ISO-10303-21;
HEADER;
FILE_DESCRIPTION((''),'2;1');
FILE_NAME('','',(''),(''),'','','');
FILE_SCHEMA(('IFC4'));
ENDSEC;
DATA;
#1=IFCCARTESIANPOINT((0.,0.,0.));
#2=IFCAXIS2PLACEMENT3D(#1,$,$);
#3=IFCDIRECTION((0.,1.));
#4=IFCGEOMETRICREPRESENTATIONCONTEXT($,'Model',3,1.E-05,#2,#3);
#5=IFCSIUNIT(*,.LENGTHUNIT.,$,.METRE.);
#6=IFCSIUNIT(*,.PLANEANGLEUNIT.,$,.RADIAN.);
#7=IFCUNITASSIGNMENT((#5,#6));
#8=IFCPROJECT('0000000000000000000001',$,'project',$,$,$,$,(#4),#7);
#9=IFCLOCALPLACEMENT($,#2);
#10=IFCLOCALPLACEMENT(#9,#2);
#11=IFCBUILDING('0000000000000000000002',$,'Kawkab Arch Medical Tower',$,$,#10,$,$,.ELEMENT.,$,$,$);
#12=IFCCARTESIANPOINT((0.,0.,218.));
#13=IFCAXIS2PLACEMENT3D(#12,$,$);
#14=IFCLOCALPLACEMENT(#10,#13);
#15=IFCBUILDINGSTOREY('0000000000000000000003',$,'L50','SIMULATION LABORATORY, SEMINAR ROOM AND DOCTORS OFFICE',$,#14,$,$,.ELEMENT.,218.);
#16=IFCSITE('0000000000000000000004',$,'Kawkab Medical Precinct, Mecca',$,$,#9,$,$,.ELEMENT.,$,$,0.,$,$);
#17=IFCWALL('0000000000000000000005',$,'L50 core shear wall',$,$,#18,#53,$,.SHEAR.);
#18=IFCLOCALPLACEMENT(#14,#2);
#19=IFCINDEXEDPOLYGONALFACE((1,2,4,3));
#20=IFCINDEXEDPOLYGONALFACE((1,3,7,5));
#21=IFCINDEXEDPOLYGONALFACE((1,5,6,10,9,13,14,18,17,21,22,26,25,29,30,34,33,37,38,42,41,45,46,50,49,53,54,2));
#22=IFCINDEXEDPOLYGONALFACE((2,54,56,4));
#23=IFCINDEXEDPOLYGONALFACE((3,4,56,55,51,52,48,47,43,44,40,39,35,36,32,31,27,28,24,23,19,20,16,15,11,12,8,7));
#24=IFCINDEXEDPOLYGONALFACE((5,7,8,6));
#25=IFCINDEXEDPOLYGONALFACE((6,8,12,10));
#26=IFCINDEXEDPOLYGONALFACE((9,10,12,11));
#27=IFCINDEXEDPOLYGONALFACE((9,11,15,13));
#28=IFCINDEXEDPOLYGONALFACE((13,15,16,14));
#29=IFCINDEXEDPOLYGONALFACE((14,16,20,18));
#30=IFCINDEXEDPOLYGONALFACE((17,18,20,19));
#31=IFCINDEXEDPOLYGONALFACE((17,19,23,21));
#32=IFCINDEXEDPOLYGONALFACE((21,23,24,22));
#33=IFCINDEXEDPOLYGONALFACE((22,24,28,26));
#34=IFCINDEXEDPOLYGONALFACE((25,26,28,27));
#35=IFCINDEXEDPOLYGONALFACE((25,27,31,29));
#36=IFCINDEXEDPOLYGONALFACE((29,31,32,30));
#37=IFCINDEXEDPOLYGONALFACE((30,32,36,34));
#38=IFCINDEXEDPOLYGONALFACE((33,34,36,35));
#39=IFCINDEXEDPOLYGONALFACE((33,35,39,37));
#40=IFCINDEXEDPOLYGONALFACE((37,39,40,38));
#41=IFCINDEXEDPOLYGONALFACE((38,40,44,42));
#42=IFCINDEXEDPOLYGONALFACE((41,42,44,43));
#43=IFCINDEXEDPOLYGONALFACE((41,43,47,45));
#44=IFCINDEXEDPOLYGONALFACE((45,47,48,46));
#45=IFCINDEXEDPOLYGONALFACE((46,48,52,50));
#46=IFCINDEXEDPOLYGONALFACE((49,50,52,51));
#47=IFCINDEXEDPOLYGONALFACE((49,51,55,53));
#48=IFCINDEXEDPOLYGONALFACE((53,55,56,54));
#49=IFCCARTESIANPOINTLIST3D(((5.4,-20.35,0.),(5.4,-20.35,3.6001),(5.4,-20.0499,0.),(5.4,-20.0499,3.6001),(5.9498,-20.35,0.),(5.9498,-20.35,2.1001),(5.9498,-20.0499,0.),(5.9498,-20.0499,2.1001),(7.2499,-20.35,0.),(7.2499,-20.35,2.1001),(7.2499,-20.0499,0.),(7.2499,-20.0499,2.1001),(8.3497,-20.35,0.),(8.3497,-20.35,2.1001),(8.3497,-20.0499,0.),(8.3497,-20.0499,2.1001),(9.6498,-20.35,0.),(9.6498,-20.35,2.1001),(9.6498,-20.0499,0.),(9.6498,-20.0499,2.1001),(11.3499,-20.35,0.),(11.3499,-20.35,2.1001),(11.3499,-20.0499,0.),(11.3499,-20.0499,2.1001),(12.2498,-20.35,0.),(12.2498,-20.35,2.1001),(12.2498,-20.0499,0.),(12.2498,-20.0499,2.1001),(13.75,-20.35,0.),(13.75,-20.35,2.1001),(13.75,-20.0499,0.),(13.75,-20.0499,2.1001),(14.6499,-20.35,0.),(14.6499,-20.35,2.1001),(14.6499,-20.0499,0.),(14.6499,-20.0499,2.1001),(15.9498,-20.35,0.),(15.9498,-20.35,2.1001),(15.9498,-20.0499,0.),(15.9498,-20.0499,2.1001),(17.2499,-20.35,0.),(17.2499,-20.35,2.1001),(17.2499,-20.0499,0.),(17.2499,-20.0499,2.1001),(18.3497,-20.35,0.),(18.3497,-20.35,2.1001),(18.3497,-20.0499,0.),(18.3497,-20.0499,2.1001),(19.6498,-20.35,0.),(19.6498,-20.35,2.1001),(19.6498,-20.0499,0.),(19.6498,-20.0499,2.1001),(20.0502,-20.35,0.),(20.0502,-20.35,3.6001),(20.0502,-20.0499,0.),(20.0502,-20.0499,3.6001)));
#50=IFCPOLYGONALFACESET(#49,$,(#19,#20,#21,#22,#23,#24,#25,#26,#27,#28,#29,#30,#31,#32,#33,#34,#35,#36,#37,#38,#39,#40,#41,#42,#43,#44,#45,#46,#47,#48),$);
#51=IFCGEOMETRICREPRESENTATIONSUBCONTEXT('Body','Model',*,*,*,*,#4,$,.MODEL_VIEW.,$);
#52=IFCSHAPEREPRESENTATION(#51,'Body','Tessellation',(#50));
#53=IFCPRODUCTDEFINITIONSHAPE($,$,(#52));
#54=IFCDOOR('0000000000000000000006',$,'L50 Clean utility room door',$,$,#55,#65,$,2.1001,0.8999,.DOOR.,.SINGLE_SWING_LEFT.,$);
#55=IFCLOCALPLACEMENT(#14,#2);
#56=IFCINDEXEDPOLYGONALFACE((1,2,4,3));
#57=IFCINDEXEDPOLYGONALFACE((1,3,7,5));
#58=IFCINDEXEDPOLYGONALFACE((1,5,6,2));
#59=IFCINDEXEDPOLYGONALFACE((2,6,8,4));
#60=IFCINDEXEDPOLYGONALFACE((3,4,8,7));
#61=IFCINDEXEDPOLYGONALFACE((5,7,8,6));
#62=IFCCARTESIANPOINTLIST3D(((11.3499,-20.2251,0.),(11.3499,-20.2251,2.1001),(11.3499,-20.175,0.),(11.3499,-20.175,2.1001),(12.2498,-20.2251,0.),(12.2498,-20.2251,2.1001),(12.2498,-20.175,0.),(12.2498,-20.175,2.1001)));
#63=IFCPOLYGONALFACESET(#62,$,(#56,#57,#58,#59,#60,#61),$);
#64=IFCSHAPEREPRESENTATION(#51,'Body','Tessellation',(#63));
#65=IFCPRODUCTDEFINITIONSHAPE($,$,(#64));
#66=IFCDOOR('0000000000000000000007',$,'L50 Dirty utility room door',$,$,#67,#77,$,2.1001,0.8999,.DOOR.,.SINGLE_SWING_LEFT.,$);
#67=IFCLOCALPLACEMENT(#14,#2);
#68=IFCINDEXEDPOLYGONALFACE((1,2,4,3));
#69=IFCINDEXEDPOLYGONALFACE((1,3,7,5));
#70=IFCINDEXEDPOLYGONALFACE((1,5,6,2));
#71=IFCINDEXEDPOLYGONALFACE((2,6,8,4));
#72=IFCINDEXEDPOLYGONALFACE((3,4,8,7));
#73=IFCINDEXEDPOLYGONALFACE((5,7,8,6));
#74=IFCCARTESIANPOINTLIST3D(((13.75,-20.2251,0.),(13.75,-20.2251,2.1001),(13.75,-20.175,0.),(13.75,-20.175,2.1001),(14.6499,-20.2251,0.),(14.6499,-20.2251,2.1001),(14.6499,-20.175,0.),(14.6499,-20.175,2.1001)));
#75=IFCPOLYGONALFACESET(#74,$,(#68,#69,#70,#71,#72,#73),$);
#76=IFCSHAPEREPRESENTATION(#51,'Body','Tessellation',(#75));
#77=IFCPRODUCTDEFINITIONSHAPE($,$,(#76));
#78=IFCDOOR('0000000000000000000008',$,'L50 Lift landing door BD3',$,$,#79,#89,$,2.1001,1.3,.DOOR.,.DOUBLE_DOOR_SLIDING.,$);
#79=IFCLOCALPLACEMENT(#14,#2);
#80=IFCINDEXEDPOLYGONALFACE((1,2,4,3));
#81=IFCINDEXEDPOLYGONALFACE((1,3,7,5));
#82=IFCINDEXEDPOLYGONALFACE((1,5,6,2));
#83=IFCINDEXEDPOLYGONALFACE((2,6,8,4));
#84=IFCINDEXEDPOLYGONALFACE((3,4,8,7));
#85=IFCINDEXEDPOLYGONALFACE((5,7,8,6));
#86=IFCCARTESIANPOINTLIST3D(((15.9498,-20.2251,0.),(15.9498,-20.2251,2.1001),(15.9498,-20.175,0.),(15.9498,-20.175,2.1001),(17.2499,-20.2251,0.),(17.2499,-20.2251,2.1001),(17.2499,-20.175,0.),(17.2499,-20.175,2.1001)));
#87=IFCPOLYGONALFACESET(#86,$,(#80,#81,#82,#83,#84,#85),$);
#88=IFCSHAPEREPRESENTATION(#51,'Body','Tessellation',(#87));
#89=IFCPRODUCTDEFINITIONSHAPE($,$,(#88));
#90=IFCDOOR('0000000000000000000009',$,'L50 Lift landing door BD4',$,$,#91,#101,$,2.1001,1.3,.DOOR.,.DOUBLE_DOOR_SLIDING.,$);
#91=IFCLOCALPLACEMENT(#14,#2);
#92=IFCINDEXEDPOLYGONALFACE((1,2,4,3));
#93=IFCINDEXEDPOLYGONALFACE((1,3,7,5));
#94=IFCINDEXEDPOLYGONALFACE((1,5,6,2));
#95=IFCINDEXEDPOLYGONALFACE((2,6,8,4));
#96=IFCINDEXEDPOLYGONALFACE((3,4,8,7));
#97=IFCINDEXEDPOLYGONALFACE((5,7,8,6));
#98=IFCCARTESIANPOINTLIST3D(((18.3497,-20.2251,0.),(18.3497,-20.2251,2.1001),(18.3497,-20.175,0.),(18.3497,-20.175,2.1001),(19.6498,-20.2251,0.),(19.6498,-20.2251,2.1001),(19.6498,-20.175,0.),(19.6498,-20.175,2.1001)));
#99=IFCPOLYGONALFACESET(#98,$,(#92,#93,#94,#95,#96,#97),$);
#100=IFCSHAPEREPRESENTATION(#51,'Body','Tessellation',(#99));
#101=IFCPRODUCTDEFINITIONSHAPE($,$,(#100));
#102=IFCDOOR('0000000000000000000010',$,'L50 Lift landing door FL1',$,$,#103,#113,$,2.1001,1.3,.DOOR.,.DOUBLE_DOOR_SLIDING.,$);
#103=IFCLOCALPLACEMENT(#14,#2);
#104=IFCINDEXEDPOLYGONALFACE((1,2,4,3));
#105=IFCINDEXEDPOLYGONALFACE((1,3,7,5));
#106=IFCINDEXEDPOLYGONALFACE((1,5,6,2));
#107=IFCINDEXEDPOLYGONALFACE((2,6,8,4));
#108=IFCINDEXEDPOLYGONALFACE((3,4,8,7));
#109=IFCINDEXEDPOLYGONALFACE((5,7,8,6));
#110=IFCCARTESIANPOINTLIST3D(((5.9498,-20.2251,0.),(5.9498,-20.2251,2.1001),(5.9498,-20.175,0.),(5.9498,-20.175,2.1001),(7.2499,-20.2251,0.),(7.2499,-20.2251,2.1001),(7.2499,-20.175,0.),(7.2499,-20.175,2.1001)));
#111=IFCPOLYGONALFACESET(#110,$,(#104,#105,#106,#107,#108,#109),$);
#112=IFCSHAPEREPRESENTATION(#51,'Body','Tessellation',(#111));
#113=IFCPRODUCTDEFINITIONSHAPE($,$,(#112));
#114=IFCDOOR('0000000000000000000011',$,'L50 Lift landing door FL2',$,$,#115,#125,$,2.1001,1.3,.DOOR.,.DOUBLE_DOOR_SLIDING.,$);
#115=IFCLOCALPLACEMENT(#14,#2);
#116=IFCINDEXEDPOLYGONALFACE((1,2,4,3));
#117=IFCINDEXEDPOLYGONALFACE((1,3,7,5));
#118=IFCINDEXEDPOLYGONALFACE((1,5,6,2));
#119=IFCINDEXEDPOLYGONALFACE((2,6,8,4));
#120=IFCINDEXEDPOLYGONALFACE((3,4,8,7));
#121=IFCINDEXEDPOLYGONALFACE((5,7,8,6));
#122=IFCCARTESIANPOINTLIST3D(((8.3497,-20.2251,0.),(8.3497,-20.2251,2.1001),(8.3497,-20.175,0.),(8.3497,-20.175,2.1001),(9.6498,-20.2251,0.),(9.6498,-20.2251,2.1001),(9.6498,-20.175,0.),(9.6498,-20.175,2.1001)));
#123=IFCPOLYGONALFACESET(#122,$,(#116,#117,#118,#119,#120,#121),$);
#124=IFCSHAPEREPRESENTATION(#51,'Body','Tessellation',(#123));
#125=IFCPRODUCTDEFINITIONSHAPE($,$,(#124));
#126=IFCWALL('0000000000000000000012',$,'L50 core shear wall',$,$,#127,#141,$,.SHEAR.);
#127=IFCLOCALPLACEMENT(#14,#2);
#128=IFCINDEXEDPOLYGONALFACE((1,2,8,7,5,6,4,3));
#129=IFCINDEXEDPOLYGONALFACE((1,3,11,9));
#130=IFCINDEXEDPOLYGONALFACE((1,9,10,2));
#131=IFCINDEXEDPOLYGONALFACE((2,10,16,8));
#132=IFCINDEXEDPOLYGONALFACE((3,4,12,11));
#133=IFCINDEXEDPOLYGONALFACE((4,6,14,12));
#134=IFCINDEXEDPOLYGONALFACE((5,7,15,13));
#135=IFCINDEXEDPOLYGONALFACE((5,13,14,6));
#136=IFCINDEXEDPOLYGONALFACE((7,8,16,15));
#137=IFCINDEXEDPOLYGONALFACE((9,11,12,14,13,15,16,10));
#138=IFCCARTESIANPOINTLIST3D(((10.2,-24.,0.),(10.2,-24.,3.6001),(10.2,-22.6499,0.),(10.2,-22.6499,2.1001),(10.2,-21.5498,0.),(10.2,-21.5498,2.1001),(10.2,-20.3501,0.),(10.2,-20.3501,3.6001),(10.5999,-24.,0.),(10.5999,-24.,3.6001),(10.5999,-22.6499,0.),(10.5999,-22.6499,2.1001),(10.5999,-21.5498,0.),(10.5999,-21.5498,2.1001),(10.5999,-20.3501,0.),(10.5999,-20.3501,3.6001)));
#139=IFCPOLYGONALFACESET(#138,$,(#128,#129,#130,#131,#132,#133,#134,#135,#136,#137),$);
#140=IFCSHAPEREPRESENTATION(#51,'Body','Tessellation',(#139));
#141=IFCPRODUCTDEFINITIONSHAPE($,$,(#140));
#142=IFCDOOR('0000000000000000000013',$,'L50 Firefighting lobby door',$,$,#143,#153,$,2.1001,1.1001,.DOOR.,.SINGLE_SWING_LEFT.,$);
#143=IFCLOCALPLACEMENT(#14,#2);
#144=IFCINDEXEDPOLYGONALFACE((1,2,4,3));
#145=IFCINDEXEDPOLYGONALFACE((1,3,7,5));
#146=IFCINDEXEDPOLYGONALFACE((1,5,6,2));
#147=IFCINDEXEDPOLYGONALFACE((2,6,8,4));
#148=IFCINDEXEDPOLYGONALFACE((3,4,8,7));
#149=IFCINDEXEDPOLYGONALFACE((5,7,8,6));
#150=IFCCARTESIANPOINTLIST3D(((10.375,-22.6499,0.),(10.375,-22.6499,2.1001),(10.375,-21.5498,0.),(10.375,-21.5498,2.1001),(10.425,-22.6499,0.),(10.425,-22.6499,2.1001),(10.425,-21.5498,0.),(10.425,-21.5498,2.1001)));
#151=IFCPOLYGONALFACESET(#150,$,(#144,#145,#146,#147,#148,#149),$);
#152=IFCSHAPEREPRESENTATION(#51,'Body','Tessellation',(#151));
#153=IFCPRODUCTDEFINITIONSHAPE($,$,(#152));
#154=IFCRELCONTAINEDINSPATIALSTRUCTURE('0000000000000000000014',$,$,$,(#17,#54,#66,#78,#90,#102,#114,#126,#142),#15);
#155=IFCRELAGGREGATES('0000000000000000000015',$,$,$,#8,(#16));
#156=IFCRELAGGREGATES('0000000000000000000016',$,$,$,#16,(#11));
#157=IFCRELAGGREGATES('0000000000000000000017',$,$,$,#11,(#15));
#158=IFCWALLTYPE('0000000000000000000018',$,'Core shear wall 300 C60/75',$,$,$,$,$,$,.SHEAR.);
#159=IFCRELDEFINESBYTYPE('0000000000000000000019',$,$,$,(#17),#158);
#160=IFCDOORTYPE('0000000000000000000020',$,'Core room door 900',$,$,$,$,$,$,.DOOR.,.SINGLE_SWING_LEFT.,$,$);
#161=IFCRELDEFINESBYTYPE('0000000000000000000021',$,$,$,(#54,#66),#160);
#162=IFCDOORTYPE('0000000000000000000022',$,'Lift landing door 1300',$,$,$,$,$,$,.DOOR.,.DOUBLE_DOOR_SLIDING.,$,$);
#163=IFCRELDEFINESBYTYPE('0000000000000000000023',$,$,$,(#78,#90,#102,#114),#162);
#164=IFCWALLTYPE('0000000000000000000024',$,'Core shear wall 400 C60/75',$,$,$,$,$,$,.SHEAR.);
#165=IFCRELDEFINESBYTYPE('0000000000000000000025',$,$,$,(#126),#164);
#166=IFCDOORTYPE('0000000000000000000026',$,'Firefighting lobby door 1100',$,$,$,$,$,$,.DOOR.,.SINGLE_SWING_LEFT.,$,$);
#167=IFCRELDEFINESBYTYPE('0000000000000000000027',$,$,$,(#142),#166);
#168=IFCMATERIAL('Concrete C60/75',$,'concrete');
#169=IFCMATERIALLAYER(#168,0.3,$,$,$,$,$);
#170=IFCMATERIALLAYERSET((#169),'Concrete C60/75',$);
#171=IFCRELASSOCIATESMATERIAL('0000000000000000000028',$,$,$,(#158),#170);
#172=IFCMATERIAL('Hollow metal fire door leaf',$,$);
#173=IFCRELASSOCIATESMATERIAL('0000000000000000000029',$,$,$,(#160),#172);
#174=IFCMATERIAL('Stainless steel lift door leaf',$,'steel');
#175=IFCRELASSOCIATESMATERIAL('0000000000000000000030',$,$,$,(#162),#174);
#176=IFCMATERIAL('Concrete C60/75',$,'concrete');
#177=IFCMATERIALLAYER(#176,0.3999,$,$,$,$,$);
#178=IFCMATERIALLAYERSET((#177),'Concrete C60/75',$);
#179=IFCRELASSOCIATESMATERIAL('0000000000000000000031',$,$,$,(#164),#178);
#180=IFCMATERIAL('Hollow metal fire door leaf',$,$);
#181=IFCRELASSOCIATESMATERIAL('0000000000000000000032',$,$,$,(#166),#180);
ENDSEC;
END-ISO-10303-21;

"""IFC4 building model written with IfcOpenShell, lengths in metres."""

from ifc_helpers import new_model, si_unit, direction, frame, frame_2d, origin, place, context, subcontext, project, spatial, rectangle, extrude, material, layer, layer_set, type_object, element, fill, save


model = new_model("IFC4")

# Units and contexts
model_context = context("Model", 3, precision=1e-05, world=origin(), true_north=direction((0.0, 1.0)))
body_context = subcontext(model_context, "Body", "Model", "MODEL_VIEW")
ifc_project = project(units=[si_unit("LENGTHUNIT", "METRE"), si_unit("PLANEANGLEUNIT", "RADIAN")], contexts=[model_context])

# Site, building, storey
site_placement = place(None, origin())
site = spatial("IfcSite", under=ifc_project, at=site_placement, Name="Kawkab Medical Precinct, Mecca", CompositionType="ELEMENT", RefElevation=0.0)
building_placement = place(site_placement, origin())
building = spatial("IfcBuilding", under=site, at=building_placement, Name="Kawkab Arch Medical Tower", CompositionType="ELEMENT")
storey_placement = place(building_placement, frame((0.0, 0.0, 218.0)))
storey = spatial("IfcBuildingStorey", under=building, at=storey_placement, Name="L50", Description="SIMULATION LABORATORY, SEMINAR ROOM AND DOCTORS OFFICE", CompositionType="ELEMENT", Elevation=218.0)

# Wall, openings, doors
ifc_material_1 = material(Name="Concrete C60/75", Category="concrete")
ifc_layer_1 = layer(ifc_material_1, 0.3)
ifc_layer_set_1 = layer_set([ifc_layer_1], Name="Concrete C60/75")
wall_type_1 = type_object("IfcWallType", Name="Core shear wall 300 C60/75", PredefinedType="SHEAR", material=ifc_layer_set_1)
wall_1_placement = place(storey_placement, frame((5.3999, -20.2, 0.0), z_axis=(0.0, 0.0, 1.0), x_axis=(1.0, 0.0, 0.0)))
wall_1 = element("IfcWall", 1, at=wall_1_placement, inside=storey, type_object=wall_type_1, Name="L50 core shear wall", PredefinedType="SHEAR", context=body_context, shape_type="SweptSolid", body=[
    extrude(rectangle(XDim=14.6501, YDim=0.3, at=frame_2d((7.3252, 0.0))), origin(), (0.0, 0.0, 1.0), 3.6001),
])
opening_1_placement = place(wall_1_placement, frame((10.55, 0.0, 0.0)))
opening_1 = element("IfcOpeningElement", 2, at=opening_1_placement, cuts=wall_1, PredefinedType="OPENING", context=body_context, shape_type="SweptSolid", body=[
    extrude(rectangle(XDim=1.3, YDim=2.1001, at=frame_2d((0.6499, 1.05))), frame((0.0, 0.1599, 0.0), z_axis=(0.0, -1.0, 0.0), x_axis=(1.0, 0.0, 0.0)), (0.0, 0.0, 1.0), 0.3201),
])
opening_2_placement = place(wall_1_placement, frame((12.95, 0.0, 0.0)))
opening_2 = element("IfcOpeningElement", 3, at=opening_2_placement, cuts=wall_1, PredefinedType="OPENING", context=body_context, shape_type="SweptSolid", body=[
    extrude(rectangle(XDim=1.3, YDim=2.1001, at=frame_2d((0.6499, 1.05))), frame((0.0, 0.1599, 0.0), z_axis=(0.0, -1.0, 0.0), x_axis=(1.0, 0.0, 0.0)), (0.0, 0.0, 1.0), 0.3201),
])
opening_3_placement = place(wall_1_placement, frame((0.55, 0.0, 0.0)))
opening_3 = element("IfcOpeningElement", 4, at=opening_3_placement, cuts=wall_1, PredefinedType="OPENING", context=body_context, shape_type="SweptSolid", body=[
    extrude(rectangle(XDim=1.3, YDim=2.1001, at=frame_2d((0.6499, 1.05))), frame((0.0, 0.1599, 0.0), z_axis=(0.0, -1.0, 0.0), x_axis=(1.0, 0.0, 0.0)), (0.0, 0.0, 1.0), 0.3201),
])
opening_4_placement = place(wall_1_placement, frame((2.95, 0.0, 0.0)))
opening_4 = element("IfcOpeningElement", 5, at=opening_4_placement, cuts=wall_1, PredefinedType="OPENING", context=body_context, shape_type="SweptSolid", body=[
    extrude(rectangle(XDim=1.3, YDim=2.1001, at=frame_2d((0.6499, 1.05))), frame((0.0, 0.1599, 0.0), z_axis=(0.0, -1.0, 0.0), x_axis=(1.0, 0.0, 0.0)), (0.0, 0.0, 1.0), 0.3201),
])
opening_5_placement = place(wall_1_placement, frame((5.95, 0.0, 0.0)))
opening_5 = element("IfcOpeningElement", 6, at=opening_5_placement, cuts=wall_1, PredefinedType="OPENING", context=body_context, shape_type="SweptSolid", body=[
    extrude(rectangle(XDim=0.8999, YDim=2.1001, at=frame_2d((0.45, 1.05))), frame((0.0, 0.1599, 0.0), z_axis=(0.0, -1.0, 0.0), x_axis=(1.0, 0.0, 0.0)), (0.0, 0.0, 1.0), 0.3201),
])
opening_6_placement = place(wall_1_placement, frame((8.3501, 0.0, 0.0)))
opening_6 = element("IfcOpeningElement", 7, at=opening_6_placement, cuts=wall_1, PredefinedType="OPENING", context=body_context, shape_type="SweptSolid", body=[
    extrude(rectangle(XDim=0.8999, YDim=2.1001, at=frame_2d((0.45, 1.05))), frame((0.0, 0.1599, 0.0), z_axis=(0.0, -1.0, 0.0), x_axis=(1.0, 0.0, 0.0)), (0.0, 0.0, 1.0), 0.3201),
])
ifc_material_2 = material(Name="Hollow metal fire door leaf")
door_type_1 = type_object("IfcDoorType", Name="Core room door 900", OperationType="SINGLE_SWING_LEFT", PredefinedType="DOOR", material=ifc_material_2)
door_1_placement = place(opening_5_placement, origin())
door_1 = element("IfcDoor", 8, at=door_1_placement, inside=storey, type_object=door_type_1, Name="L50 Clean utility room door", OperationType="SINGLE_SWING_LEFT", OverallHeight=2.1001, OverallWidth=0.8999, PredefinedType="DOOR", context=body_context, shape_type="SweptSolid", body=[
    extrude(rectangle(XDim=0.8999, YDim=2.1001, at=frame_2d((0.45, 1.05))), frame((0.0, 0.0249, 0.0), z_axis=(0.0, -1.0, 0.0), x_axis=(1.0, 0.0, 0.0)), (0.0, 0.0, 1.0), 0.05),
])
fill(opening_5, door_1)
door_2_placement = place(opening_6_placement, origin())
door_2 = element("IfcDoor", 9, at=door_2_placement, inside=storey, type_object=door_type_1, Name="L50 Dirty utility room door", OperationType="SINGLE_SWING_LEFT", OverallHeight=2.1001, OverallWidth=0.8999, PredefinedType="DOOR", context=body_context, shape_type="SweptSolid", body=[
    extrude(rectangle(XDim=0.8999, YDim=2.1001, at=frame_2d((0.45, 1.05))), frame((0.0, 0.0249, 0.0), z_axis=(0.0, -1.0, 0.0), x_axis=(1.0, 0.0, 0.0)), (0.0, 0.0, 1.0), 0.05),
])
fill(opening_6, door_2)
ifc_material_3 = material(Name="Stainless steel lift door leaf", Category="steel")
door_type_2 = type_object("IfcDoorType", Name="Lift landing door 1300", OperationType="DOUBLE_DOOR_SLIDING", PredefinedType="DOOR", material=ifc_material_3)
door_3_placement = place(opening_1_placement, origin())
door_3 = element("IfcDoor", 10, at=door_3_placement, inside=storey, type_object=door_type_2, Name="L50 Lift landing door BD3", OperationType="DOUBLE_DOOR_SLIDING", OverallHeight=2.1001, OverallWidth=1.3, PredefinedType="DOOR", context=body_context, shape_type="SweptSolid", body=[
    extrude(rectangle(XDim=1.3, YDim=2.1001, at=frame_2d((0.6499, 1.05))), frame((0.0, 0.0249, 0.0), z_axis=(0.0, -1.0, 0.0), x_axis=(1.0, 0.0, 0.0)), (0.0, 0.0, 1.0), 0.05),
])
fill(opening_1, door_3)
door_4_placement = place(opening_2_placement, origin())
door_4 = element("IfcDoor", 11, at=door_4_placement, inside=storey, type_object=door_type_2, Name="L50 Lift landing door BD4", OperationType="DOUBLE_DOOR_SLIDING", OverallHeight=2.1001, OverallWidth=1.3, PredefinedType="DOOR", context=body_context, shape_type="SweptSolid", body=[
    extrude(rectangle(XDim=1.3, YDim=2.1001, at=frame_2d((0.6499, 1.05))), frame((0.0, 0.0249, 0.0), z_axis=(0.0, -1.0, 0.0), x_axis=(1.0, 0.0, 0.0)), (0.0, 0.0, 1.0), 0.05),
])
fill(opening_2, door_4)
door_5_placement = place(opening_3_placement, origin())
door_5 = element("IfcDoor", 12, at=door_5_placement, inside=storey, type_object=door_type_2, Name="L50 Lift landing door FL1", OperationType="DOUBLE_DOOR_SLIDING", OverallHeight=2.1001, OverallWidth=1.3, PredefinedType="DOOR", context=body_context, shape_type="SweptSolid", body=[
    extrude(rectangle(XDim=1.3, YDim=2.1001, at=frame_2d((0.6499, 1.05))), frame((0.0, 0.0249, 0.0), z_axis=(0.0, -1.0, 0.0), x_axis=(1.0, 0.0, 0.0)), (0.0, 0.0, 1.0), 0.05),
])
fill(opening_3, door_5)
door_6_placement = place(opening_4_placement, origin())
door_6 = element("IfcDoor", 13, at=door_6_placement, inside=storey, type_object=door_type_2, Name="L50 Lift landing door FL2", OperationType="DOUBLE_DOOR_SLIDING", OverallHeight=2.1001, OverallWidth=1.3, PredefinedType="DOOR", context=body_context, shape_type="SweptSolid", body=[
    extrude(rectangle(XDim=1.3, YDim=2.1001, at=frame_2d((0.6499, 1.05))), frame((0.0, 0.0249, 0.0), z_axis=(0.0, -1.0, 0.0), x_axis=(1.0, 0.0, 0.0)), (0.0, 0.0, 1.0), 0.05),
])
fill(opening_4, door_6)

# Wall, opening, door
ifc_material_4 = material(Name="Concrete C60/75", Category="concrete")
ifc_layer_2 = layer(ifc_material_4, 0.3999)
ifc_layer_set_2 = layer_set([ifc_layer_2], Name="Concrete C60/75")
wall_type_2 = type_object("IfcWallType", Name="Core shear wall 400 C60/75", PredefinedType="SHEAR", material=ifc_layer_set_2)
wall_2_placement = place(storey_placement, frame((10.3999, -24.0, 0.0), z_axis=(0.0, 0.0, 1.0), x_axis=(0.0, 1.0, 0.0)))
wall_2 = element("IfcWall", 14, at=wall_2_placement, inside=storey, type_object=wall_type_2, Name="L50 core shear wall", PredefinedType="SHEAR", context=body_context, shape_type="SweptSolid", body=[
    extrude(rectangle(XDim=3.6499, YDim=0.3999, at=frame_2d((1.825, 0.0))), origin(), (0.0, 0.0, 1.0), 3.6001),
])
opening_7_placement = place(wall_2_placement, frame((1.3501, 0.0, 0.0)))
opening_7 = element("IfcOpeningElement", 15, at=opening_7_placement, cuts=wall_2, PredefinedType="OPENING", context=body_context, shape_type="SweptSolid", body=[
    extrude(rectangle(XDim=1.1001, YDim=2.1001, at=frame_2d((0.55, 1.05))), frame((0.0, 0.21, 0.0), z_axis=(0.0, -1.0, 0.0), x_axis=(1.0, 0.0, 0.0)), (0.0, 0.0, 1.0), 0.4199),
])
ifc_material_5 = material(Name="Hollow metal fire door leaf")
door_type_3 = type_object("IfcDoorType", Name="Firefighting lobby door 1100", OperationType="SINGLE_SWING_LEFT", PredefinedType="DOOR", material=ifc_material_5)
door_7_placement = place(opening_7_placement, origin())
door_7 = element("IfcDoor", 16, at=door_7_placement, inside=storey, type_object=door_type_3, Name="L50 Firefighting lobby door", OperationType="SINGLE_SWING_LEFT", OverallHeight=2.1001, OverallWidth=1.1001, PredefinedType="DOOR", context=body_context, shape_type="SweptSolid", body=[
    extrude(rectangle(XDim=1.1001, YDim=2.1001, at=frame_2d((0.55, 1.05))), frame((0.0, 0.0249, 0.0), z_axis=(0.0, -1.0, 0.0), x_axis=(1.0, 0.0, 0.0)), (0.0, 0.0, 1.0), 0.05),
])
fill(opening_7, door_7)

save(model, "model.ifc")
